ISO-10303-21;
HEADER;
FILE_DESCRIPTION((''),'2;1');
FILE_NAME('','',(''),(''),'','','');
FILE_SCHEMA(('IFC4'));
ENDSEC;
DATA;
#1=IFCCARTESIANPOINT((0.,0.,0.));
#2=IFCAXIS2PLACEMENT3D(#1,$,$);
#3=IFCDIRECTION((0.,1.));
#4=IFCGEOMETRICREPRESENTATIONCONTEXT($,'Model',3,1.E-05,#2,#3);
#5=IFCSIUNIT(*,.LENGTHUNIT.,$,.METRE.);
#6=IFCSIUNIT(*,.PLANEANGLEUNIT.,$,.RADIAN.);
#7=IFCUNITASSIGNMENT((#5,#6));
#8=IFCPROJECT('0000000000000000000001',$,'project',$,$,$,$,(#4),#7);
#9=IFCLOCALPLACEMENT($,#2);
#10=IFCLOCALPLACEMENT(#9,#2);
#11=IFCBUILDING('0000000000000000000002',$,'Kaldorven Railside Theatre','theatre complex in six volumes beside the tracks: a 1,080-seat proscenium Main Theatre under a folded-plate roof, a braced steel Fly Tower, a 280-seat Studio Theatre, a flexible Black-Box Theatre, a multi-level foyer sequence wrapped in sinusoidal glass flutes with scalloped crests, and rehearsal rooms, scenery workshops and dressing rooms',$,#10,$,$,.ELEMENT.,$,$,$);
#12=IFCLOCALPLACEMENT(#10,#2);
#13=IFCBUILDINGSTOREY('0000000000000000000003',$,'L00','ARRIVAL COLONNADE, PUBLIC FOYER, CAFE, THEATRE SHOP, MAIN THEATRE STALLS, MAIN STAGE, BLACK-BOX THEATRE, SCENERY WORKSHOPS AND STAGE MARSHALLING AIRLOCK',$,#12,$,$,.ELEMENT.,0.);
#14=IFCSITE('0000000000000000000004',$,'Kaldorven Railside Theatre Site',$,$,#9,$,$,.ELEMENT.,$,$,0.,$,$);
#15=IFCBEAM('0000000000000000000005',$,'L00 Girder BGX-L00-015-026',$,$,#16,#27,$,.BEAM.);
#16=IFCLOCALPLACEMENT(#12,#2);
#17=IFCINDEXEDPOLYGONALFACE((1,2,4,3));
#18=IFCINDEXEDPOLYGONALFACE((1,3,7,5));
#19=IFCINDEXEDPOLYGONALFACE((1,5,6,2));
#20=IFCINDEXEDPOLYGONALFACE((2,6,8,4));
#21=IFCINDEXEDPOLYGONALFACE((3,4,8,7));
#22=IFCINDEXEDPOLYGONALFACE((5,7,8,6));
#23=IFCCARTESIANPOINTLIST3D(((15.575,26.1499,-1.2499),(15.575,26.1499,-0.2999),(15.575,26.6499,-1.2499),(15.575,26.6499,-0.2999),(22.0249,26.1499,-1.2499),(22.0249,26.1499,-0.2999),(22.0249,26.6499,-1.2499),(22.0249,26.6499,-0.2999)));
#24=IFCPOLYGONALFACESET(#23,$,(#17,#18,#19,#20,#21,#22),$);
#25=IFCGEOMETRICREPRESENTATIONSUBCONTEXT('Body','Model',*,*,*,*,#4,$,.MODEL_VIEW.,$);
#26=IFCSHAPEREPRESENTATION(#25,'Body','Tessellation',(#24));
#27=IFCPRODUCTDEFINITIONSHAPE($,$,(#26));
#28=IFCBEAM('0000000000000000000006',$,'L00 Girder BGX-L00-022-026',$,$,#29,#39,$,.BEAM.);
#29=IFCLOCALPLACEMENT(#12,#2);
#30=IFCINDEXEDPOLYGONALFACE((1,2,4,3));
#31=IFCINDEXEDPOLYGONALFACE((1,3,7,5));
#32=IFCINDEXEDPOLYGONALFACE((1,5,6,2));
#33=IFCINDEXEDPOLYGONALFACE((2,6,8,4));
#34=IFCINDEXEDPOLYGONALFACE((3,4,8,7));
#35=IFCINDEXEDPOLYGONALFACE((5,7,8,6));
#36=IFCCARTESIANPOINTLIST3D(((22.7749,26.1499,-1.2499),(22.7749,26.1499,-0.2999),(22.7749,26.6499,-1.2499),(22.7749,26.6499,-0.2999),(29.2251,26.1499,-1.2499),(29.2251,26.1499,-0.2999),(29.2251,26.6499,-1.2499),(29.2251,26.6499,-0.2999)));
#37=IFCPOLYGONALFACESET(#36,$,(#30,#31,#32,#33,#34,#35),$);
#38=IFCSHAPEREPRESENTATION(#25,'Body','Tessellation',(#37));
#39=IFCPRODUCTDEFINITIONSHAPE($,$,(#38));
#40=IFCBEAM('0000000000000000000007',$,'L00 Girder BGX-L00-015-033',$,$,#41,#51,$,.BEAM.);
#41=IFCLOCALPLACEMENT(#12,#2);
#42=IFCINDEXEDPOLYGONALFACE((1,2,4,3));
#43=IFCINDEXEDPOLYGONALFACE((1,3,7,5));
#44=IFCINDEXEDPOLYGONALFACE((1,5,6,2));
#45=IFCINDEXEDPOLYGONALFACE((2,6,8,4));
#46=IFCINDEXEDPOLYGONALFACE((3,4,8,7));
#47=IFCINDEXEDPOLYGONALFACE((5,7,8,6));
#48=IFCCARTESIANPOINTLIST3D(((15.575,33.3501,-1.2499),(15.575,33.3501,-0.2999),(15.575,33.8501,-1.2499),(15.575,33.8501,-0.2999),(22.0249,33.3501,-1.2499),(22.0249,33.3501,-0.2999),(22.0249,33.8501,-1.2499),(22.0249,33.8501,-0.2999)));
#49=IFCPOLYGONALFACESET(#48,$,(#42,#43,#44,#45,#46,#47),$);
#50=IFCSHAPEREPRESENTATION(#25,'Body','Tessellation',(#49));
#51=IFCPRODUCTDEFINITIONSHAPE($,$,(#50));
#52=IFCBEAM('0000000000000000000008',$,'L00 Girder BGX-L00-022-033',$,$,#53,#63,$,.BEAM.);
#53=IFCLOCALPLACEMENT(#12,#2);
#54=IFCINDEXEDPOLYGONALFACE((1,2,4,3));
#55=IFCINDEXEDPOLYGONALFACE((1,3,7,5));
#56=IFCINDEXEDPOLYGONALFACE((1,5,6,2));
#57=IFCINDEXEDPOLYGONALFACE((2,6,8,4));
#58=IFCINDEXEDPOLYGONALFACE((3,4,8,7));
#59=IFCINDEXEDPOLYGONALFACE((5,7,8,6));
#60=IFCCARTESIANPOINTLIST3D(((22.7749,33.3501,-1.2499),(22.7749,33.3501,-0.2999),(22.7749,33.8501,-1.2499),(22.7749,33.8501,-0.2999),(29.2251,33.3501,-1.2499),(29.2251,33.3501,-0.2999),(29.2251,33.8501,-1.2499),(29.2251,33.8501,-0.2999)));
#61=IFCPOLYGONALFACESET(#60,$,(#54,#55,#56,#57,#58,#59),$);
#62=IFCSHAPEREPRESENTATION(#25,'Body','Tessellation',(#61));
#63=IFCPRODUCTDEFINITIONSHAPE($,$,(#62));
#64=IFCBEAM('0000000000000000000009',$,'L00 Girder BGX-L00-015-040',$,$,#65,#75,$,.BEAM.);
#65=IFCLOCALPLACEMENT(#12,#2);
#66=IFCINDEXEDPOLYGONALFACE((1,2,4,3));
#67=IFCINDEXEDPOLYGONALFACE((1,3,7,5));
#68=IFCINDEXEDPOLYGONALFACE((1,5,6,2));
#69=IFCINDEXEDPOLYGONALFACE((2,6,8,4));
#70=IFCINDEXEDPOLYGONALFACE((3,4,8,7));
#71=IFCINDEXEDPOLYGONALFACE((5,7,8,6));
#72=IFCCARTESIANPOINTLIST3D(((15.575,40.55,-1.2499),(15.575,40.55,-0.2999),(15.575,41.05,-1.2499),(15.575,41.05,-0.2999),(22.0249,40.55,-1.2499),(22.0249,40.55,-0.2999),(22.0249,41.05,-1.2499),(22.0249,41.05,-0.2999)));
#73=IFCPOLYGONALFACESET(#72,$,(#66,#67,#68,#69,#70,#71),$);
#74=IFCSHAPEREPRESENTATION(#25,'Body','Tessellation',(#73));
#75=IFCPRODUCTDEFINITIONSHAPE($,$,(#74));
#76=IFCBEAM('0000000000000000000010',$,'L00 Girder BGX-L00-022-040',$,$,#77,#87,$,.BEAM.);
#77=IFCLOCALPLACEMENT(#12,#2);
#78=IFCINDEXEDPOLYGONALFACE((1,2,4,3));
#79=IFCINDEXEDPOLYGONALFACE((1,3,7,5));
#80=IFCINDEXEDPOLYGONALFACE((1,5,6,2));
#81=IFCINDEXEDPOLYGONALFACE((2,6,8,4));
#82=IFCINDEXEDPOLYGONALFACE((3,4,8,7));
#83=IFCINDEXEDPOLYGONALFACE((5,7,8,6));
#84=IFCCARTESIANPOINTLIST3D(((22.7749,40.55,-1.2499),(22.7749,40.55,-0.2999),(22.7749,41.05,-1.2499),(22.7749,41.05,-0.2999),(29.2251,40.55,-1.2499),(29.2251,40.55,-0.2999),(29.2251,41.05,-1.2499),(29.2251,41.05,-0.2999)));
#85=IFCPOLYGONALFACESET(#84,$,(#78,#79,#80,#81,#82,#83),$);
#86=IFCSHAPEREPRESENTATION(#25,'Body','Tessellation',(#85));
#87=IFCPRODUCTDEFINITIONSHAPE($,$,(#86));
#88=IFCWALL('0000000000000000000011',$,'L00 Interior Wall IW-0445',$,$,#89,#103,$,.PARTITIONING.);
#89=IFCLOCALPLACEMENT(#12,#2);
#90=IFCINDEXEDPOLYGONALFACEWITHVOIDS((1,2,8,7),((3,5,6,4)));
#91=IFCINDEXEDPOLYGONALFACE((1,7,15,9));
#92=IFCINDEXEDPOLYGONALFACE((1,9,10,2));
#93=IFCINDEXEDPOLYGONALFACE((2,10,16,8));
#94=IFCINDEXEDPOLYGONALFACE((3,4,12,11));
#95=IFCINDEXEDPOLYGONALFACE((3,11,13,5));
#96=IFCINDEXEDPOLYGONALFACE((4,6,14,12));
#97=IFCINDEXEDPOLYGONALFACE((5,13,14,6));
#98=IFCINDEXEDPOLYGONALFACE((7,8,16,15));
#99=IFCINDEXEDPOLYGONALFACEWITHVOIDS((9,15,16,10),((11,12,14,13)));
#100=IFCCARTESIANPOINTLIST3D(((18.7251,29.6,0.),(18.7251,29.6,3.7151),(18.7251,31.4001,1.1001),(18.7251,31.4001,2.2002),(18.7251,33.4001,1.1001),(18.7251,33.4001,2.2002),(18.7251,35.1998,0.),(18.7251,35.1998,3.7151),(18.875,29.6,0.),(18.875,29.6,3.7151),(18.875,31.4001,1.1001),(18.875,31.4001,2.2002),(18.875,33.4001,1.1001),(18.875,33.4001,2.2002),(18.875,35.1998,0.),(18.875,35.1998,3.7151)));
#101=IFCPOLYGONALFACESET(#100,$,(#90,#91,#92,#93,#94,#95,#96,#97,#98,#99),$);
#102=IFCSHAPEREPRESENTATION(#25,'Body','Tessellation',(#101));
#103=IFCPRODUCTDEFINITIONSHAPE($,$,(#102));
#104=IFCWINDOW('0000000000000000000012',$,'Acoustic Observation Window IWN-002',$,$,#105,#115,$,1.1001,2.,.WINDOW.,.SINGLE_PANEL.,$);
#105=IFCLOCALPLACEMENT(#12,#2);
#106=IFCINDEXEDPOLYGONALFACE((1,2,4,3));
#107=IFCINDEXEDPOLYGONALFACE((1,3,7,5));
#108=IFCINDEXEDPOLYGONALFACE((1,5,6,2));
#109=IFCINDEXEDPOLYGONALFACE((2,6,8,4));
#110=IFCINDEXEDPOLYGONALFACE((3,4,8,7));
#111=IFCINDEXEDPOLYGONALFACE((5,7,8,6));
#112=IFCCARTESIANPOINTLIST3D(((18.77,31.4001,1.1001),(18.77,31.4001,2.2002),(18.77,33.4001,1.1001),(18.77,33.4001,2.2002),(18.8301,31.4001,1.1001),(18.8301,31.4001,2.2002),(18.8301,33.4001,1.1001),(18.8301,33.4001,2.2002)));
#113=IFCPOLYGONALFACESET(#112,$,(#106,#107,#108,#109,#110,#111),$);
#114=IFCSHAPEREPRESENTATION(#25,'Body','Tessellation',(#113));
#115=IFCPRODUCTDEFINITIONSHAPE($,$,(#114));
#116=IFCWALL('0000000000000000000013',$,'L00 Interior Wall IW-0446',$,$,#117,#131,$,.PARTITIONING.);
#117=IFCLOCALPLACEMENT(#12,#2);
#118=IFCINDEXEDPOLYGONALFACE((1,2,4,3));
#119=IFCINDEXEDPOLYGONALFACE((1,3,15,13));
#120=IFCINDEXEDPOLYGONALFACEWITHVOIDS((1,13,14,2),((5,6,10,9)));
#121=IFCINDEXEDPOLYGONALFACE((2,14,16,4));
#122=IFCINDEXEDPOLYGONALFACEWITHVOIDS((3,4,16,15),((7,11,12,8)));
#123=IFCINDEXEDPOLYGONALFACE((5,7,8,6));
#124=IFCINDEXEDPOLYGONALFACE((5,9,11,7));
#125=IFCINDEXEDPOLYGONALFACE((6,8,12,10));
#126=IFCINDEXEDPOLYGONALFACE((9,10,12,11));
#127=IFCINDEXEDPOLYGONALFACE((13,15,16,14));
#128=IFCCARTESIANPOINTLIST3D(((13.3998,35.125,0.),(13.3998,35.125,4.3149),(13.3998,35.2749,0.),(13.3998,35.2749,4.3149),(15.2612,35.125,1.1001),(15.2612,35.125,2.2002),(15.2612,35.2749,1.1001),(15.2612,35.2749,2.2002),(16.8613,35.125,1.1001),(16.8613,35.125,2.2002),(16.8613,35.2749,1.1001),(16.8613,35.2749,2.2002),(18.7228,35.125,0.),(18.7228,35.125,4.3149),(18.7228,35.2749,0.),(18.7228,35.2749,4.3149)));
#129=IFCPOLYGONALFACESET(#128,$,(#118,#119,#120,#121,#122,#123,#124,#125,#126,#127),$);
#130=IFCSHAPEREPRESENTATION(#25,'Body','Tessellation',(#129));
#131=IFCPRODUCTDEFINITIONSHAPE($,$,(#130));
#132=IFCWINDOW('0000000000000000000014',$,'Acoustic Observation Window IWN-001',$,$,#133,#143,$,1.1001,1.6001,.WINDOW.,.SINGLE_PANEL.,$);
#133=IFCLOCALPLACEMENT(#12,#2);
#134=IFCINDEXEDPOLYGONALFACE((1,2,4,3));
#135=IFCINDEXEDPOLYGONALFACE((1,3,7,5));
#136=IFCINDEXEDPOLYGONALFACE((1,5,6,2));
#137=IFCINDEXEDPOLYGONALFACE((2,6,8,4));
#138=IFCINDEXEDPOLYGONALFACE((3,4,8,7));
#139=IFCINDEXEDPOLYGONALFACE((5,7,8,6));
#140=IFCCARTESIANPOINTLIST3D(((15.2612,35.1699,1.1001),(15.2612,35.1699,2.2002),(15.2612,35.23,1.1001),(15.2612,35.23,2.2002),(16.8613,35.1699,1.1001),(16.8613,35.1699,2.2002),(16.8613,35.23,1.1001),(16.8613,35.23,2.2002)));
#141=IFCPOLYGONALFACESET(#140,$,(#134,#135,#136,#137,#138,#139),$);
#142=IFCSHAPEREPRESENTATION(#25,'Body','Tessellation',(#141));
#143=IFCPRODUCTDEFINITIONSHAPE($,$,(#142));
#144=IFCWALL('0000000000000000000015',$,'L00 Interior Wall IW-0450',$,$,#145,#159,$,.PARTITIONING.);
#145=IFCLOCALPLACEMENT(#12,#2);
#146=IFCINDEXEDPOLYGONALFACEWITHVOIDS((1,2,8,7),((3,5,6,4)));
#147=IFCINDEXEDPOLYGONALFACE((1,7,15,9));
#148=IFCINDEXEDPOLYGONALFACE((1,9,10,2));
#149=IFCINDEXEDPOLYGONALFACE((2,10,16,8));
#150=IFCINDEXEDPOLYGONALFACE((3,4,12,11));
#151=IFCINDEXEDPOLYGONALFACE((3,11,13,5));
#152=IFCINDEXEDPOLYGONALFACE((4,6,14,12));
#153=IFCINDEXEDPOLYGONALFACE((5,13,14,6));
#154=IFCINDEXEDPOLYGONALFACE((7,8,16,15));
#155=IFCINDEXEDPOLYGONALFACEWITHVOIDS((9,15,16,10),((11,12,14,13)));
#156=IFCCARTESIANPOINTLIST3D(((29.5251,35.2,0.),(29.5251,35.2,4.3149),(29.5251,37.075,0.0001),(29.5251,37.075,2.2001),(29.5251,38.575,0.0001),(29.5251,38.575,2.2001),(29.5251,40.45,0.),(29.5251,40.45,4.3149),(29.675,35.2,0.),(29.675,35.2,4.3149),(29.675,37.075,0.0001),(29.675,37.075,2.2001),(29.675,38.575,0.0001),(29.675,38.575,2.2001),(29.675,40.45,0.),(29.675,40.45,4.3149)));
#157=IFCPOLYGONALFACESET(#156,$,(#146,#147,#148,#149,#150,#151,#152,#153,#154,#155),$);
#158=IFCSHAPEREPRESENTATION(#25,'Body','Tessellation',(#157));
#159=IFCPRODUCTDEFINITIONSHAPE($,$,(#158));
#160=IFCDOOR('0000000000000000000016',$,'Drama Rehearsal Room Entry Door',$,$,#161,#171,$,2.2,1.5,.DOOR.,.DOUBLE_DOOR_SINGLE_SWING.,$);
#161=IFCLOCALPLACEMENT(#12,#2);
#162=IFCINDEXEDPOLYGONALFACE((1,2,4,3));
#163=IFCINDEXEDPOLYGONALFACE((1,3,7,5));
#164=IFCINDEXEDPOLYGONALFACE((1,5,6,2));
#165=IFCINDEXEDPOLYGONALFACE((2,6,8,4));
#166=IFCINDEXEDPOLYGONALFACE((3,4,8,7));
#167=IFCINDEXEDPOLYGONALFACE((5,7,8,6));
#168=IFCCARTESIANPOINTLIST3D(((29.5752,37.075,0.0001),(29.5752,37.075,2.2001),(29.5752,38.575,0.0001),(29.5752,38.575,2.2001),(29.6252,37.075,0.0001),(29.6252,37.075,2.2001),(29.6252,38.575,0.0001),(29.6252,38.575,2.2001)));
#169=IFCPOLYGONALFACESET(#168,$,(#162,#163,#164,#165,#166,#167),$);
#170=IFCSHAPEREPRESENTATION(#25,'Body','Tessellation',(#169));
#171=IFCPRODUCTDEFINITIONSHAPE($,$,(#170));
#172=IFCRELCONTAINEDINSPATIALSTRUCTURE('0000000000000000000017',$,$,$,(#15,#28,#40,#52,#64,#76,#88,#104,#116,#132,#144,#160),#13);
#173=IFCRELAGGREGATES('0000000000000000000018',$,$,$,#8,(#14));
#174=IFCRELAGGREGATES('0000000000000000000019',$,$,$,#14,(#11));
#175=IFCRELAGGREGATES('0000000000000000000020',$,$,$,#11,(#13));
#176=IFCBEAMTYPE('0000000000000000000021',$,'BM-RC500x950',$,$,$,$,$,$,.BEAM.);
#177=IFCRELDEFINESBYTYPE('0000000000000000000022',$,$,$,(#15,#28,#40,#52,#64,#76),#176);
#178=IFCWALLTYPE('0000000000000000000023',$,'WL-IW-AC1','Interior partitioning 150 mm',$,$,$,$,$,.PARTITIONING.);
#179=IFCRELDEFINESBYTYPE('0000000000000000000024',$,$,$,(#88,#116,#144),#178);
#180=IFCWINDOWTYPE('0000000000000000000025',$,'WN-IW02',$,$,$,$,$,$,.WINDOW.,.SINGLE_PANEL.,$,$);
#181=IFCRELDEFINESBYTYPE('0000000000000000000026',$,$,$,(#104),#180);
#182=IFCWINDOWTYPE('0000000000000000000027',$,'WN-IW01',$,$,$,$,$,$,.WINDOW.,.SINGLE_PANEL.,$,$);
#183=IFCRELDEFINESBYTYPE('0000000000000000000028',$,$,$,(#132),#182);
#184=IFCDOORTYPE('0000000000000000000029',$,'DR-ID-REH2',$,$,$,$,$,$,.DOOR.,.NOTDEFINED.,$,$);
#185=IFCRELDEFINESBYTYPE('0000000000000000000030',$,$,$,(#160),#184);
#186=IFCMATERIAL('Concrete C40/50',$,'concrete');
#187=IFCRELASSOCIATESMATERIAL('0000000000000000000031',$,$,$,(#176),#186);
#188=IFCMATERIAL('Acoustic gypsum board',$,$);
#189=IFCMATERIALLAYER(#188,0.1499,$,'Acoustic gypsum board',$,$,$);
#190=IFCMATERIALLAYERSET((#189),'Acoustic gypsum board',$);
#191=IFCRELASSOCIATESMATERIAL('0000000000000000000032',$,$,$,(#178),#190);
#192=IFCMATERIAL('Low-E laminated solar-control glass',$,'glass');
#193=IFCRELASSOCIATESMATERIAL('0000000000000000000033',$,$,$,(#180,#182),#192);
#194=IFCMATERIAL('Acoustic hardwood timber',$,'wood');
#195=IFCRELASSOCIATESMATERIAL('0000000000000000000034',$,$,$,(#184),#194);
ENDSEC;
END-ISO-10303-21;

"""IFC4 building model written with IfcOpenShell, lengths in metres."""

from ifc_helpers import new_model, si_unit, direction, frame, frame_2d, origin, origin_2d, place, context, subcontext, project, spatial, rectangle, extrude, material, layer, layer_set, material_profile, profile_set, type_object, element, fill, save


model = new_model("IFC4")

# Units and contexts
model_context = context("Model", 3, precision=1e-05, world=origin(), true_north=direction((0.0, 1.0)))
body_context = subcontext(model_context, "Body", "Model", "MODEL_VIEW")
ifc_project = project(units=[si_unit("LENGTHUNIT", "METRE"), si_unit("PLANEANGLEUNIT", "RADIAN")], contexts=[model_context])

# Site, building, storey
site_placement = place(None, origin())
site = spatial("IfcSite", under=ifc_project, at=site_placement, Name="Kaldorven Railside Theatre Site", CompositionType="ELEMENT", RefElevation=0.0)
building_placement = place(site_placement, origin())
building = spatial("IfcBuilding", under=site, at=building_placement, Name="Kaldorven Railside Theatre", Description="theatre complex in six volumes beside the tracks: a 1,080-seat proscenium Main Theatre under a folded-plate roof, a braced steel Fly Tower, a 280-seat Studio Theatre, a flexible Black-Box Theatre, a multi-level foyer sequence wrapped in sinusoidal glass flutes with scalloped crests, and rehearsal rooms, scenery workshops and dressing rooms", CompositionType="ELEMENT")
storey_placement = place(building_placement, origin())
storey = spatial("IfcBuildingStorey", under=building, at=storey_placement, Name="L00", Description="ARRIVAL COLONNADE, PUBLIC FOYER, CAFE, THEATRE SHOP, MAIN THEATRE STALLS, MAIN STAGE, BLACK-BOX THEATRE, SCENERY WORKSHOPS AND STAGE MARSHALLING AIRLOCK", CompositionType="ELEMENT", Elevation=0.0)

# Shared definitions
ifc_material_1 = material(Name="Concrete C40/50", Category="concrete")

# Beams
ifc_material_profile_1 = material_profile(ifc_material_1, rectangle(XDim=0.5, YDim=0.95, at=origin_2d()), Name="RC 500x950")
ifc_profile_set_1 = profile_set([ifc_material_profile_1], Name="Concrete C40/50")
beam_type_1 = type_object("IfcBeamType", Name="BM-RC500x950", PredefinedType="BEAM", material=ifc_profile_set_1)
beam_1_placement = place(storey_placement, frame((15.575, 26.3999, -0.7749), z_axis=(1.0, 0.0, 0.0), x_axis=(0.0, 1.0, 0.0)))
element("IfcBeam", 1, at=beam_1_placement, inside=storey, type_object=beam_type_1, Name="L00 Girder BGX-L00-015-026", PredefinedType="BEAM", context=body_context, shape_type="SweptSolid", body=[
    extrude(rectangle(XDim=0.5, YDim=0.95, at=origin_2d()), origin(), (0.0, 0.0, 1.0), 6.45),
])
beam_2_placement = place(storey_placement, frame((22.7749, 26.3999, -0.7749), z_axis=(1.0, 0.0, 0.0), x_axis=(0.0, 1.0, 0.0)))
element("IfcBeam", 2, at=beam_2_placement, inside=storey, type_object=beam_type_1, Name="L00 Girder BGX-L00-022-026", PredefinedType="BEAM", context=body_context, shape_type="SweptSolid", body=[
    extrude(rectangle(XDim=0.5, YDim=0.95, at=origin_2d()), origin(), (0.0, 0.0, 1.0), 6.4502),
])
beam_3_placement = place(storey_placement, frame((15.575, 33.6001, -0.7749), z_axis=(1.0, 0.0, 0.0), x_axis=(0.0, 1.0, 0.0)))
element("IfcBeam", 3, at=beam_3_placement, inside=storey, type_object=beam_type_1, Name="L00 Girder BGX-L00-015-033", PredefinedType="BEAM", context=body_context, shape_type="SweptSolid", body=[
    extrude(rectangle(XDim=0.5, YDim=0.95, at=origin_2d()), origin(), (0.0, 0.0, 1.0), 6.45),
])
beam_4_placement = place(storey_placement, frame((22.7749, 33.6001, -0.7749), z_axis=(1.0, 0.0, 0.0), x_axis=(0.0, 1.0, 0.0)))
element("IfcBeam", 4, at=beam_4_placement, inside=storey, type_object=beam_type_1, Name="L00 Girder BGX-L00-022-033", PredefinedType="BEAM", context=body_context, shape_type="SweptSolid", body=[
    extrude(rectangle(XDim=0.5, YDim=0.95, at=origin_2d()), origin(), (0.0, 0.0, 1.0), 6.4502),
])
beam_5_placement = place(storey_placement, frame((15.575, 40.8, -0.7749), z_axis=(1.0, 0.0, 0.0), x_axis=(0.0, 1.0, 0.0)))
element("IfcBeam", 5, at=beam_5_placement, inside=storey, type_object=beam_type_1, Name="L00 Girder BGX-L00-015-040", PredefinedType="BEAM", context=body_context, shape_type="SweptSolid", body=[
    extrude(rectangle(XDim=0.5, YDim=0.95, at=origin_2d()), origin(), (0.0, 0.0, 1.0), 6.45),
])
beam_6_placement = place(storey_placement, frame((22.7749, 40.8, -0.7749), z_axis=(1.0, 0.0, 0.0), x_axis=(0.0, 1.0, 0.0)))
element("IfcBeam", 6, at=beam_6_placement, inside=storey, type_object=beam_type_1, Name="L00 Girder BGX-L00-022-040", PredefinedType="BEAM", context=body_context, shape_type="SweptSolid", body=[
    extrude(rectangle(XDim=0.5, YDim=0.95, at=origin_2d()), origin(), (0.0, 0.0, 1.0), 6.4502),
])

# Walls, openings, windows
ifc_material_2 = material(Name="Acoustic gypsum board")
ifc_layer = layer(ifc_material_2, 0.1499, Name="Acoustic gypsum board")
ifc_layer_set = layer_set([ifc_layer], Name="Acoustic gypsum board")
wall_type = type_object("IfcWallType", Name="WL-IW-AC1", Description="Interior partitioning 150 mm", PredefinedType="PARTITIONING", material=ifc_layer_set)
wall_1_placement = place(storey_placement, frame((18.8, 29.6001, 0.0), z_axis=(0.0, 0.0, 1.0), x_axis=(0.0, 1.0, 0.0)))
wall_1 = element("IfcWall", 7, at=wall_1_placement, inside=storey, type_object=wall_type, Name="L00 Interior Wall IW-0445", PredefinedType="PARTITIONING", context=body_context, shape_type="SweptSolid", body=[
    extrude(rectangle(XDim=5.5999, YDim=0.1499, at=frame_2d((2.7998, 0.0))), origin(), (0.0, 0.0, 1.0), 3.7151),
])
opening_1_placement = place(wall_1_placement, frame((1.8, 0.0, 1.1001)))
opening_1 = element("IfcOpeningElement", 8, at=opening_1_placement, cuts=wall_1, PredefinedType="OPENING", context=body_context, shape_type="SweptSolid", body=[
    extrude(rectangle(XDim=2.0, YDim=1.1001, at=frame_2d((1.0, 0.55))), frame((0.0, 0.085, 0.0), z_axis=(0.0, -1.0, 0.0), x_axis=(1.0, 0.0, 0.0)), (0.0, 0.0, 1.0), 0.1699),
])
ifc_material_3 = material(Name="Low-E laminated solar-control glass", Category="glass")
window_type_1 = type_object("IfcWindowType", Name="WN-IW02", PartitioningType="SINGLE_PANEL", PredefinedType="WINDOW", material=ifc_material_3)
window_1_placement = place(opening_1_placement, origin())
window_1 = element("IfcWindow", 9, at=window_1_placement, inside=storey, type_object=window_type_1, Name="Acoustic Observation Window IWN-002", OverallHeight=1.1001, OverallWidth=2.0, PartitioningType="SINGLE_PANEL", PredefinedType="WINDOW", context=body_context, shape_type="SweptSolid", body=[
    extrude(rectangle(XDim=2.0, YDim=1.1001, at=frame_2d((1.0, 0.55))), frame((0.0, 0.03, 0.0), z_axis=(0.0, -1.0, 0.0), x_axis=(1.0, 0.0, 0.0)), (0.0, 0.0, 1.0), 0.0601),
])
fill(opening_1, window_1)
wall_2_placement = place(storey_placement, frame((18.7229, 35.2, 0.0), z_axis=(0.0, 0.0, 1.0), x_axis=(-1.0, 0.0, 0.0)))
wall_2 = element("IfcWall", 10, at=wall_2_placement, inside=storey, type_object=wall_type, Name="L00 Interior Wall IW-0446", PredefinedType="PARTITIONING", context=body_context, shape_type="SweptSolid", body=[
    extrude(rectangle(XDim=5.323, YDim=0.1499, at=frame_2d((2.6616, 0.0))), origin(), (0.0, 0.0, 1.0), 4.3149),
])
opening_2_placement = place(wall_2_placement, frame((1.8616, 0.0, 1.1001)))
opening_2 = element("IfcOpeningElement", 11, at=opening_2_placement, cuts=wall_2, PredefinedType="OPENING", context=body_context, shape_type="SweptSolid", body=[
    extrude(rectangle(XDim=1.6001, YDim=1.1001, at=frame_2d((0.8, 0.55))), frame((0.0, 0.085, 0.0), z_axis=(0.0, -1.0, 0.0), x_axis=(1.0, 0.0, 0.0)), (0.0, 0.0, 1.0), 0.1699),
])
window_type_2 = type_object("IfcWindowType", Name="WN-IW01", PartitioningType="SINGLE_PANEL", PredefinedType="WINDOW", material=ifc_material_3)
window_2_placement = place(opening_2_placement, origin())
window_2 = element("IfcWindow", 12, at=window_2_placement, inside=storey, type_object=window_type_2, Name="Acoustic Observation Window IWN-001", OverallHeight=1.1001, OverallWidth=1.6001, PartitioningType="SINGLE_PANEL", PredefinedType="WINDOW", context=body_context, shape_type="SweptSolid", body=[
    extrude(rectangle(XDim=1.6001, YDim=1.1001, at=frame_2d((0.8, 0.55))), frame((0.0, 0.03, 0.0), z_axis=(0.0, -1.0, 0.0), x_axis=(1.0, 0.0, 0.0)), (0.0, 0.0, 1.0), 0.0601),
])
fill(opening_2, window_2)

# Wall, opening, door
wall_3_placement = place(storey_placement, frame((29.6001, 35.2, 0.0), z_axis=(0.0, 0.0, 1.0), x_axis=(0.0, 1.0, 0.0)))
wall_3 = element("IfcWall", 13, at=wall_3_placement, inside=storey, type_object=wall_type, Name="L00 Interior Wall IW-0450", PredefinedType="PARTITIONING", context=body_context, shape_type="SweptSolid", body=[
    extrude(rectangle(XDim=5.25, YDim=0.1499, at=frame_2d((2.625, 0.0))), origin(), (0.0, 0.0, 1.0), 4.3149),
])
opening_3_placement = place(wall_3_placement, frame((1.875, 0.0, 0.0)))
opening_3 = element("IfcOpeningElement", 14, at=opening_3_placement, cuts=wall_3, PredefinedType="OPENING", context=body_context, shape_type="SweptSolid", body=[
    extrude(rectangle(XDim=1.5, YDim=2.2, at=frame_2d((0.75, 1.1001))), frame((0.0, 0.085, 0.0), z_axis=(0.0, -1.0, 0.0), x_axis=(1.0, 0.0, 0.0)), (0.0, 0.0, 1.0), 0.1699),
])
ifc_material_4 = material(Name="Acoustic hardwood timber", Category="wood")
door_type = type_object("IfcDoorType", Name="DR-ID-REH2", OperationType="NOTDEFINED", PredefinedType="DOOR", material=ifc_material_4)
door_placement = place(opening_3_placement, origin())
door = element("IfcDoor", 15, at=door_placement, inside=storey, type_object=door_type, Name="Drama Rehearsal Room Entry Door", OperationType="DOUBLE_DOOR_SINGLE_SWING", OverallHeight=2.2, OverallWidth=1.5, PredefinedType="DOOR", context=body_context, shape_type="SweptSolid", body=[
    extrude(rectangle(XDim=1.5, YDim=2.2, at=frame_2d((0.75, 1.1001))), frame((0.0, 0.0249, 0.0), z_axis=(0.0, -1.0, 0.0), x_axis=(1.0, 0.0, 0.0)), (0.0, 0.0, 1.0), 0.05),
])
fill(opening_3, door)

save(model, "model.ifc")
